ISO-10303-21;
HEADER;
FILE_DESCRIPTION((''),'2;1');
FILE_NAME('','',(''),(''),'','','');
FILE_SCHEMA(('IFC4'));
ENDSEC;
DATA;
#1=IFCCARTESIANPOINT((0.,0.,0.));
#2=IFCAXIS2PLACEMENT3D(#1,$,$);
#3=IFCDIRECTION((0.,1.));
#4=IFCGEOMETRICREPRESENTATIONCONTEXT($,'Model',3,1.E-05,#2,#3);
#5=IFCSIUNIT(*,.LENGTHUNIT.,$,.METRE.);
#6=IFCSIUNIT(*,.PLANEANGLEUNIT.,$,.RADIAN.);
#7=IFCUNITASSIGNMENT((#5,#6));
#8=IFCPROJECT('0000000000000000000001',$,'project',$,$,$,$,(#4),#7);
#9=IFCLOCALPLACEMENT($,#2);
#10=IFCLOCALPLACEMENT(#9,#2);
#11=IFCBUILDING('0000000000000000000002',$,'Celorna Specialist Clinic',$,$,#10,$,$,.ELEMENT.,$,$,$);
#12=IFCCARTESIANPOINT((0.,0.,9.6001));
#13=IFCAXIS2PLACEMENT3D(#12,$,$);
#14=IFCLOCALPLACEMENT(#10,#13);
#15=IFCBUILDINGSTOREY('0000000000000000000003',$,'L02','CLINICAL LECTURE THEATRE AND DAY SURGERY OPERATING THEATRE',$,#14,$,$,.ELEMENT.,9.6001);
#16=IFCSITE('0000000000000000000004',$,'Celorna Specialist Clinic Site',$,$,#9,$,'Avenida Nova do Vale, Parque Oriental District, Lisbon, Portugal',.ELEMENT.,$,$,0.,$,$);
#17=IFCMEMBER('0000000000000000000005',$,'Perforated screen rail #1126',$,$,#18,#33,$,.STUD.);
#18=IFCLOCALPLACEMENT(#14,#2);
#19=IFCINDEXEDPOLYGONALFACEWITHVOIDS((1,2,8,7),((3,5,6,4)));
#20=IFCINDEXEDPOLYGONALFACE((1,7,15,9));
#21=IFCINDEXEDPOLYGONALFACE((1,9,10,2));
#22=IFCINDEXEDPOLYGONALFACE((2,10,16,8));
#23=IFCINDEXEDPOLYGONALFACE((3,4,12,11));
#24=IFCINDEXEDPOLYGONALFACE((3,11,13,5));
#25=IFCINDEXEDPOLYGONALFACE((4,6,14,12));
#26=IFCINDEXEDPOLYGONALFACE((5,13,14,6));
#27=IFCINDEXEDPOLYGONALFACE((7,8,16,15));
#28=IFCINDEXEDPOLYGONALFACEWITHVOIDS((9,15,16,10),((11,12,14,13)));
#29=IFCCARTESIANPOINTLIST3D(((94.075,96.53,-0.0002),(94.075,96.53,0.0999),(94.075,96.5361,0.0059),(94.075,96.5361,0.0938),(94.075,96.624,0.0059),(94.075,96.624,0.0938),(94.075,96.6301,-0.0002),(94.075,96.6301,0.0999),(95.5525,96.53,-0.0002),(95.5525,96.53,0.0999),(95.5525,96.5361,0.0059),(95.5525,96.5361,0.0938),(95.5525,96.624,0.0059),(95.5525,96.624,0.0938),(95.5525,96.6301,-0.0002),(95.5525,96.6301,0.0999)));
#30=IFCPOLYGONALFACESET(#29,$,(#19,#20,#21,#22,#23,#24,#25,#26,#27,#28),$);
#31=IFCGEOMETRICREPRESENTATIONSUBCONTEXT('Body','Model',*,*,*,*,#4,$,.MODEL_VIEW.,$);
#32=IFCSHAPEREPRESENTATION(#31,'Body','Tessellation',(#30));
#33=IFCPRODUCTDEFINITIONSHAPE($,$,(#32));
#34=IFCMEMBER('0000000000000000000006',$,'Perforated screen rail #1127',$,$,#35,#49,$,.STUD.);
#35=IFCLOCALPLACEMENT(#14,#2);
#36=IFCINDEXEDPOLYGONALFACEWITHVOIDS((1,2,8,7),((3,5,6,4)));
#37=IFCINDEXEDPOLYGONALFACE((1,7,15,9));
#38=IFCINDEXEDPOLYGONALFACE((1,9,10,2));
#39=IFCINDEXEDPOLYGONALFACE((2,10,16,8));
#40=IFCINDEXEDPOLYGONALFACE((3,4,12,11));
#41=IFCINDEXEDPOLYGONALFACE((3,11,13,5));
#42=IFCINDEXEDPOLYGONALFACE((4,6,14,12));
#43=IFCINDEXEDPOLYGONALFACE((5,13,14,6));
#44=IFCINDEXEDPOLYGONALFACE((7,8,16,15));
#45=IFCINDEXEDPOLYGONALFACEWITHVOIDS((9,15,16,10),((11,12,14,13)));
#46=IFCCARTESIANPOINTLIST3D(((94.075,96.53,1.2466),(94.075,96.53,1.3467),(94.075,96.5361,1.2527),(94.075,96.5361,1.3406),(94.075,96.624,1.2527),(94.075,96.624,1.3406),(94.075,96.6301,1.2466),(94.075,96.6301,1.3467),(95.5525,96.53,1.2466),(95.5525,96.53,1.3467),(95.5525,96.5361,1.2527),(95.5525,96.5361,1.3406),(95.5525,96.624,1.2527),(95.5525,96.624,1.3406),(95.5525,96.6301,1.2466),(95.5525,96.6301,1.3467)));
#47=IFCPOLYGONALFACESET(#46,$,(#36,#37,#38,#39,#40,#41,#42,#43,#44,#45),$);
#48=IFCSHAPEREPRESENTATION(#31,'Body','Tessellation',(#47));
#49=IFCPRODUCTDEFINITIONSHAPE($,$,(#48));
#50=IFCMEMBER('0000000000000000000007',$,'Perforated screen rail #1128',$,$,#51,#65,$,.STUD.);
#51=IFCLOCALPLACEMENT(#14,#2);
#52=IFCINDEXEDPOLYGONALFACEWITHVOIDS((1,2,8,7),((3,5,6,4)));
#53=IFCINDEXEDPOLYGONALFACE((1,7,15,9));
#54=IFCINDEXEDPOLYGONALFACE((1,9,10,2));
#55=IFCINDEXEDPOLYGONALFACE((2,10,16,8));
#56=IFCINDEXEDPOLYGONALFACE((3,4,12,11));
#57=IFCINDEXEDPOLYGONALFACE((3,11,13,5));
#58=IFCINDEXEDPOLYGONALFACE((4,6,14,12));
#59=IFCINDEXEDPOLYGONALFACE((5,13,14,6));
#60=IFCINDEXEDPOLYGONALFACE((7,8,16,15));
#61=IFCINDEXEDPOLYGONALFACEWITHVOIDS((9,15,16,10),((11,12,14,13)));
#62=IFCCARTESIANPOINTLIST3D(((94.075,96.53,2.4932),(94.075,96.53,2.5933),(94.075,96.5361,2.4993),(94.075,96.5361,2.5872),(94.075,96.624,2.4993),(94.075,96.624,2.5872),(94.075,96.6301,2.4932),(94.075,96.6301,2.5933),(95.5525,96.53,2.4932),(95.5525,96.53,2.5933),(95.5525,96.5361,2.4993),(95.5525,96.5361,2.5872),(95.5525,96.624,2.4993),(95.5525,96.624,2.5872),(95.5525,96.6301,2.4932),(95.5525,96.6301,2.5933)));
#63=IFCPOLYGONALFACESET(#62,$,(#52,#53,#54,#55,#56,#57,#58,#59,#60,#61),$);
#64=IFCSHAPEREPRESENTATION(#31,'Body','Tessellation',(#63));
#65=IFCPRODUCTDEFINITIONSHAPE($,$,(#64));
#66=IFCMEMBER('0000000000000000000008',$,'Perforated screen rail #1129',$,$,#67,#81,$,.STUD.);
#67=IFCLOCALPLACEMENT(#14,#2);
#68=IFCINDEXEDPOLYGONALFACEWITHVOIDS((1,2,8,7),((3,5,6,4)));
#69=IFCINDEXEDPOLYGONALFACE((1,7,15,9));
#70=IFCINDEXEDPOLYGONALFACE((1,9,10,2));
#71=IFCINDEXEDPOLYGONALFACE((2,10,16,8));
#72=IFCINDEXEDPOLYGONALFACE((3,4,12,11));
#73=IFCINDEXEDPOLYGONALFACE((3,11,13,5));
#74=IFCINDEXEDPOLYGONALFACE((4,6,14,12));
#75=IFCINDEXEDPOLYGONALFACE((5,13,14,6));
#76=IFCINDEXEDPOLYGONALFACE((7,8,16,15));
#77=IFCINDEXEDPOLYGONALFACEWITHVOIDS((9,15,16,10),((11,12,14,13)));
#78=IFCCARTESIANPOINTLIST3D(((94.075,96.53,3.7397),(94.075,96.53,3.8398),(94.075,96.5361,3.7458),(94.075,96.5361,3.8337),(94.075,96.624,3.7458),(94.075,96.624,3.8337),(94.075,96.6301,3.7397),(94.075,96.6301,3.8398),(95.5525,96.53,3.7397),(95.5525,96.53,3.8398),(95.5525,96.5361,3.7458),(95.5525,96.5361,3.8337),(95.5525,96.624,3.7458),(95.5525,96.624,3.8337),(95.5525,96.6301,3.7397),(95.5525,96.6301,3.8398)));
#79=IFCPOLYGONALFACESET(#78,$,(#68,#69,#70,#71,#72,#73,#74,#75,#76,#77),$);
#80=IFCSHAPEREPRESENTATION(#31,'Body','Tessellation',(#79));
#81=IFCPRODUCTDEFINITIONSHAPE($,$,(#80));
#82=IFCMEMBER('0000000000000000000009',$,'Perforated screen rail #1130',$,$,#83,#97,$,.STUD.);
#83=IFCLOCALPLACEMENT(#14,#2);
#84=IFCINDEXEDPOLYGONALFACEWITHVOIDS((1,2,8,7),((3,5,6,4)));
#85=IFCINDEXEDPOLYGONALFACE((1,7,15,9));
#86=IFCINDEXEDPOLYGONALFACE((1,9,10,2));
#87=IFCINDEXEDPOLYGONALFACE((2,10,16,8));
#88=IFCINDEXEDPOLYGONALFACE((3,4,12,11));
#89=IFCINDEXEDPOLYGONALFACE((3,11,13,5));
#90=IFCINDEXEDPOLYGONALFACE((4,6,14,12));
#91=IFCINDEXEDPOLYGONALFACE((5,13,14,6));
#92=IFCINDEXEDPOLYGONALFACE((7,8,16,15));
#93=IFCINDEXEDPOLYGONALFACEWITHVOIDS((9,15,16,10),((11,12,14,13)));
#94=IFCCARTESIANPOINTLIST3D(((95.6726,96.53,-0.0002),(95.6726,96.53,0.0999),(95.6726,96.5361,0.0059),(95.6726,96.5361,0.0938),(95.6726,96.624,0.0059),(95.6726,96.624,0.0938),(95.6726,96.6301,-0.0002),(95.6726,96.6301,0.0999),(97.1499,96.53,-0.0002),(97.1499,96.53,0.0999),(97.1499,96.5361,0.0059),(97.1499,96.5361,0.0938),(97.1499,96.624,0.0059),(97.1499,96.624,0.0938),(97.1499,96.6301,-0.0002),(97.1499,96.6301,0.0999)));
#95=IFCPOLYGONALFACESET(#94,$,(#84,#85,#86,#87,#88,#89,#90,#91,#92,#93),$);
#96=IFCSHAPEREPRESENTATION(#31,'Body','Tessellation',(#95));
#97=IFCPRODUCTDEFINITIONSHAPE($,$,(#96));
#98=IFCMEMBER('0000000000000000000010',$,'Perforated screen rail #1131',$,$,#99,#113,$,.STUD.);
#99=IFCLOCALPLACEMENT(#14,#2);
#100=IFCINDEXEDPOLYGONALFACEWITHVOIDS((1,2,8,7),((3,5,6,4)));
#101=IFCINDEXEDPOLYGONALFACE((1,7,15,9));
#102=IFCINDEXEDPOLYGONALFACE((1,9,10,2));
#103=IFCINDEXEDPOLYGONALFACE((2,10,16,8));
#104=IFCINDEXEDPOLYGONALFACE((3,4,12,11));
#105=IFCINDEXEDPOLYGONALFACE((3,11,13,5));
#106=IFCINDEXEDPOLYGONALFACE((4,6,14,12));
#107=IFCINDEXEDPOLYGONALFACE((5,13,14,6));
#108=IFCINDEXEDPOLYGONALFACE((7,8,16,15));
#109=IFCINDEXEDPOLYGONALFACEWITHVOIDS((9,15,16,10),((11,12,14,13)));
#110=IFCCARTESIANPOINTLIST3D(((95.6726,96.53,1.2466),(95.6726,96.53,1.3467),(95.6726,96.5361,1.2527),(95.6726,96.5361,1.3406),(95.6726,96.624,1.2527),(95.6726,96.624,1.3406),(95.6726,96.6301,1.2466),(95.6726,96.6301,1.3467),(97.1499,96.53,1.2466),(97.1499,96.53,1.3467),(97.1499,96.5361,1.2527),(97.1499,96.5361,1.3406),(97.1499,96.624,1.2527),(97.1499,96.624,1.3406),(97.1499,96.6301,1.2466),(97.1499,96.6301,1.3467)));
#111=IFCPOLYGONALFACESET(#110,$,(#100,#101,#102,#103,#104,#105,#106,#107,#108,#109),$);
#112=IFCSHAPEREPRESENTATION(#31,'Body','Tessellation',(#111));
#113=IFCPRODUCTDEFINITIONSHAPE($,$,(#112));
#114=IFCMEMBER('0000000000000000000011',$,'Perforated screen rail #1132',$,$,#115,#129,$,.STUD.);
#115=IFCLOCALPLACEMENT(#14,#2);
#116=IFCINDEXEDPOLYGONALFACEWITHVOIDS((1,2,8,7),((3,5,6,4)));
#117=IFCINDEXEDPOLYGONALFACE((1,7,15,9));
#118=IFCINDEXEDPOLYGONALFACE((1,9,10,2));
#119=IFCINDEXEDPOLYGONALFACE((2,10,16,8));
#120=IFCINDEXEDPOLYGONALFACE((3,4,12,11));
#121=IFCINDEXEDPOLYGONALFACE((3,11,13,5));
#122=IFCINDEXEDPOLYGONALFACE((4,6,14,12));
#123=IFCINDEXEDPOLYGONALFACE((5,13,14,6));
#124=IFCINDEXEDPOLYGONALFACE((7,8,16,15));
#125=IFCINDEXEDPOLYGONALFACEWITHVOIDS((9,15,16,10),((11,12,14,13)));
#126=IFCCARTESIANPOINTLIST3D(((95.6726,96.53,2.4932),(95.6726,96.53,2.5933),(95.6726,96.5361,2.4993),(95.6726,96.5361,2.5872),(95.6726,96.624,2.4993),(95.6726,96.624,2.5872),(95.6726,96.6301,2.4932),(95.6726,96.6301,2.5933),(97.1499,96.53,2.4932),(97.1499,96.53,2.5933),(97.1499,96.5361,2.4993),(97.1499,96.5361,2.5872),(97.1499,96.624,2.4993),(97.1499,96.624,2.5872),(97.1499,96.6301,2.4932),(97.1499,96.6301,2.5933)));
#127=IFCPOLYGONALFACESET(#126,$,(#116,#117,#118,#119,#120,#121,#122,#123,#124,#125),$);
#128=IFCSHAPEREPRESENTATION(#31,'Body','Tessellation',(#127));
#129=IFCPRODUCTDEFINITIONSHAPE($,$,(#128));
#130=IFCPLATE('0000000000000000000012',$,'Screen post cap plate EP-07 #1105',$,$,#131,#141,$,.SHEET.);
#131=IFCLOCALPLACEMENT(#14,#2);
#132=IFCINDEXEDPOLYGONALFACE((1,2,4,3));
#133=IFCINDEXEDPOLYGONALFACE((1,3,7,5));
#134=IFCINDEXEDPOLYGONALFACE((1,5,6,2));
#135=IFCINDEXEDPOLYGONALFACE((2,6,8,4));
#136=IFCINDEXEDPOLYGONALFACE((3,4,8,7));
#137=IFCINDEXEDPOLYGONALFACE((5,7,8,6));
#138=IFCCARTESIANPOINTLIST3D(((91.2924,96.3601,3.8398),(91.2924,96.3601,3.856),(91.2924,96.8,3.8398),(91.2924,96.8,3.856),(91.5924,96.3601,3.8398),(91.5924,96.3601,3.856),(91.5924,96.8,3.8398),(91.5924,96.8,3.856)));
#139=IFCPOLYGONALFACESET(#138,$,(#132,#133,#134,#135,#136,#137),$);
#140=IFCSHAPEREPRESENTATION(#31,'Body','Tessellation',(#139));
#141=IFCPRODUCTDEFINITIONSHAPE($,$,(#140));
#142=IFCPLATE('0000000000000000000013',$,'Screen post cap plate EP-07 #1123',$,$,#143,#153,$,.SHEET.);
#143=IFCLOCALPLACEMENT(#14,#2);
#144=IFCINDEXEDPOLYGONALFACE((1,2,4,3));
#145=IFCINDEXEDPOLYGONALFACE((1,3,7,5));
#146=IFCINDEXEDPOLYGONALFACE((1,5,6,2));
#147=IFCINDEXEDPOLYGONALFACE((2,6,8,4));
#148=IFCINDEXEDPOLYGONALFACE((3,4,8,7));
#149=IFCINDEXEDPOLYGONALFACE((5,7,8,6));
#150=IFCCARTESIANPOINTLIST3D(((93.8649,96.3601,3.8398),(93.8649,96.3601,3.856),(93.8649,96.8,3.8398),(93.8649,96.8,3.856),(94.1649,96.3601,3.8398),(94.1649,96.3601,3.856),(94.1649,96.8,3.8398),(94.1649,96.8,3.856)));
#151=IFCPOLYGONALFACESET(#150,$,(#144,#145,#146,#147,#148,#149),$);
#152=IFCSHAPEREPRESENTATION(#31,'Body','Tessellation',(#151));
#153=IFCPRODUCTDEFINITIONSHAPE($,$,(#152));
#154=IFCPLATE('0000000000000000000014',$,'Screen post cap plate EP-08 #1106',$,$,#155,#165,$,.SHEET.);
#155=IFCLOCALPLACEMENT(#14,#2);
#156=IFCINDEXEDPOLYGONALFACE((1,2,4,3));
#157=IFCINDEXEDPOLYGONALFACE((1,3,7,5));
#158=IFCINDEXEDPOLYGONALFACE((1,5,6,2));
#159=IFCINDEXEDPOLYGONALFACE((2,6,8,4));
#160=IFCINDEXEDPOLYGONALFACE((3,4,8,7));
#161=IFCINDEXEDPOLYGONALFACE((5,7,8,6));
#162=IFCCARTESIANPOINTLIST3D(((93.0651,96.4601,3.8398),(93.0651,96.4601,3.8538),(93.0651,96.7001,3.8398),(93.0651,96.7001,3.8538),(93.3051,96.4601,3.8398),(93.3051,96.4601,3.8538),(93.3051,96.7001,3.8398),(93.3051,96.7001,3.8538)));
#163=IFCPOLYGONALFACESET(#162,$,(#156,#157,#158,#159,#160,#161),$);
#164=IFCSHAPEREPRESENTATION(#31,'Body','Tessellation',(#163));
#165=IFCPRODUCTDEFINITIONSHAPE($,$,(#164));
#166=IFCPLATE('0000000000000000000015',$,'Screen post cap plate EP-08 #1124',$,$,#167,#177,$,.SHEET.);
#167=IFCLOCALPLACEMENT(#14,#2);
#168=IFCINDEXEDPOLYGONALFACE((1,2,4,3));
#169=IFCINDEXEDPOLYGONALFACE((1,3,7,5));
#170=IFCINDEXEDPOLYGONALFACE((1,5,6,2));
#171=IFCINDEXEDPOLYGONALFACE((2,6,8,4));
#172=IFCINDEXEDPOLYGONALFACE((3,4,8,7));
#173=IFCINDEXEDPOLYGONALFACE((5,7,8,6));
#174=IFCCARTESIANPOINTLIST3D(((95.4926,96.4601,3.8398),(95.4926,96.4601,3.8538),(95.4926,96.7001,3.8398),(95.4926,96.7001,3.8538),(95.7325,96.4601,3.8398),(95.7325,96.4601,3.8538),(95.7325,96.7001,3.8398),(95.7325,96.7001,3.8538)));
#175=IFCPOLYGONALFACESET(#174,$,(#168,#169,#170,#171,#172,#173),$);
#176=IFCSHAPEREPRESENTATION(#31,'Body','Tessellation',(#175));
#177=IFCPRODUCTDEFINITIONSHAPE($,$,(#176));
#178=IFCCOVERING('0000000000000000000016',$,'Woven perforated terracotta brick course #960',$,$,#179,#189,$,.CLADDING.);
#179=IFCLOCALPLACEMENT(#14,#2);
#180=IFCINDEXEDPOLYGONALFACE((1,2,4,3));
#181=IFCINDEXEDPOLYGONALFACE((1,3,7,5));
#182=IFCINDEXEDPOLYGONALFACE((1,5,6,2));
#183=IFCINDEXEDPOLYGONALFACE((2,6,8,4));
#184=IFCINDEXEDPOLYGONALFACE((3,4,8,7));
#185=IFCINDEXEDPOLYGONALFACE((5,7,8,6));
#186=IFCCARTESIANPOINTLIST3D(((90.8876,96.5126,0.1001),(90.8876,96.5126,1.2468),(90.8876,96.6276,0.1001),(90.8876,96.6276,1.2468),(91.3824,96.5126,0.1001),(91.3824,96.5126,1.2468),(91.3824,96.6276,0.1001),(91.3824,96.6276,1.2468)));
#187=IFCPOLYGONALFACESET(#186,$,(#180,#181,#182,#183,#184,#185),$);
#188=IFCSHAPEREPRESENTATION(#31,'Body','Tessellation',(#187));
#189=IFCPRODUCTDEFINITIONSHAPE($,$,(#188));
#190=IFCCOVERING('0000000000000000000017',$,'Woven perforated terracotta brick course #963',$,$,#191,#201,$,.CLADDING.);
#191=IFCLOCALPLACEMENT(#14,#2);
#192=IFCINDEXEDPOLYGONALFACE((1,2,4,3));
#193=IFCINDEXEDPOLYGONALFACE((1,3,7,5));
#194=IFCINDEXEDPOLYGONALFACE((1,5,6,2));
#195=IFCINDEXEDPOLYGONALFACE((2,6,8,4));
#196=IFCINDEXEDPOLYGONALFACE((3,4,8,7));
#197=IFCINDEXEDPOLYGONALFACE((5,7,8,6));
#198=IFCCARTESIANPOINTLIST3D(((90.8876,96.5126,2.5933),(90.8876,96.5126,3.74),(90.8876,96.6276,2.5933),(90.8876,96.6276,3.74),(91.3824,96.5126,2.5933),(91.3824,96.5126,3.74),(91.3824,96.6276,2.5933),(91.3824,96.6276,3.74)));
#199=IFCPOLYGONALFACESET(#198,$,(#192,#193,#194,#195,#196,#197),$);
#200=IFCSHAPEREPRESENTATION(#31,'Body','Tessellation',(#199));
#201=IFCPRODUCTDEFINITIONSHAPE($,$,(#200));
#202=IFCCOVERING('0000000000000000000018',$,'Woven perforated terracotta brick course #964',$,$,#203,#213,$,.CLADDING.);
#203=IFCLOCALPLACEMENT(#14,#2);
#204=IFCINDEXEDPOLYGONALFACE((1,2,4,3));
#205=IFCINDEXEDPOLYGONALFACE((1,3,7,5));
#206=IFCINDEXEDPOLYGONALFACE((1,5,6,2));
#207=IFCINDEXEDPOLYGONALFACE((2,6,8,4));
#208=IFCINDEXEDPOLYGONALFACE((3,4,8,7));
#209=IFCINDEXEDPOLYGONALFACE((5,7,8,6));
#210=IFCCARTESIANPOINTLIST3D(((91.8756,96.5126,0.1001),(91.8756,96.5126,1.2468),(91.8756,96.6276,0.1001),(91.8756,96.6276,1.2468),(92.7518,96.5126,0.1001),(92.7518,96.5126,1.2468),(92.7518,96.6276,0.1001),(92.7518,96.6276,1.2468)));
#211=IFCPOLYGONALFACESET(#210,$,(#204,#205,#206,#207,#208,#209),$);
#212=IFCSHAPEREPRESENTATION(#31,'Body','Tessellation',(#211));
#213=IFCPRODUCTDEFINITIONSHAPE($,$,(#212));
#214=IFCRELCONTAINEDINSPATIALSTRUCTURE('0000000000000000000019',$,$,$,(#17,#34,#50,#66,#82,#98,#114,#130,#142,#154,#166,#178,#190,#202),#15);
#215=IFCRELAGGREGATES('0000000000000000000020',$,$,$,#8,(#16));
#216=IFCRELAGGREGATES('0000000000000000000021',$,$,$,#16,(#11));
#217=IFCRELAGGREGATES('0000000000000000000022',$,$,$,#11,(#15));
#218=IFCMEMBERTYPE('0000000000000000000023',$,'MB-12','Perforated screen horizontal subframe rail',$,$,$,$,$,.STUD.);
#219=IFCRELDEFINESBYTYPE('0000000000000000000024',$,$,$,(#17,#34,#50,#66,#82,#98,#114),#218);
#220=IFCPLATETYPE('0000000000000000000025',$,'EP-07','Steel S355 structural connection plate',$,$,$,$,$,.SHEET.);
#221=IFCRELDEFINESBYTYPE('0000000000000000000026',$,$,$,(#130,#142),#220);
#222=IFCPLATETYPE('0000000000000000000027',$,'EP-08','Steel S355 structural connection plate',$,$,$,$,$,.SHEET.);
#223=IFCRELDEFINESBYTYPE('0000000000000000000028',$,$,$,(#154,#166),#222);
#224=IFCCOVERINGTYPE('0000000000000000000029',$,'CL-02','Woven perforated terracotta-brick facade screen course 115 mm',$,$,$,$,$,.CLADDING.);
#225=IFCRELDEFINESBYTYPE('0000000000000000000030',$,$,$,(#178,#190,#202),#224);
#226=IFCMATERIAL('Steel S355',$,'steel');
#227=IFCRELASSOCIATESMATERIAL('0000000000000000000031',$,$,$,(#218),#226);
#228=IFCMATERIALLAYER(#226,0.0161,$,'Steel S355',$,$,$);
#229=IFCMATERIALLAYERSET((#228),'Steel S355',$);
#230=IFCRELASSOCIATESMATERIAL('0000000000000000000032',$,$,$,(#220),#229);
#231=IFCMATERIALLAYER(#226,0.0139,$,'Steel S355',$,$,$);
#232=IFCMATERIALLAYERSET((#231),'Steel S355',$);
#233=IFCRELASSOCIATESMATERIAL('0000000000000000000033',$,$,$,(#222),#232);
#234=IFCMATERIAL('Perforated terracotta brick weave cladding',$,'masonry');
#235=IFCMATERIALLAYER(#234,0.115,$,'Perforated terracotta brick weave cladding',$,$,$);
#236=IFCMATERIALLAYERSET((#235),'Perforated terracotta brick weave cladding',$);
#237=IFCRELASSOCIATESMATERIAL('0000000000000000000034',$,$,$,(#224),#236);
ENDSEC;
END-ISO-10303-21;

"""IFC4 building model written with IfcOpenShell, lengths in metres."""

from ifc_helpers import new_model, si_unit, direction, frame, origin, origin_2d, place, context, subcontext, project, spatial, rectangle, hollow_rectangle, extrude, material, layer, layer_set, material_profile, profile_set, type_object, element, save


model = new_model("IFC4")

# Units and contexts
model_context = context("Model", 3, precision=1e-05, world=origin(), true_north=direction((0.0, 1.0)))
body_context = subcontext(model_context, "Body", "Model", "MODEL_VIEW")
ifc_project = project(units=[si_unit("LENGTHUNIT", "METRE"), si_unit("PLANEANGLEUNIT", "RADIAN")], contexts=[model_context])

# Site, building, storey
site_placement = place(None, origin())
site = spatial("IfcSite", under=ifc_project, at=site_placement, Name="Celorna Specialist Clinic Site", LongName="Avenida Nova do Vale, Parque Oriental District, Lisbon, Portugal", CompositionType="ELEMENT", RefElevation=0.0)
building_placement = place(site_placement, origin())
building = spatial("IfcBuilding", under=site, at=building_placement, Name="Celorna Specialist Clinic", CompositionType="ELEMENT")
storey_placement = place(building_placement, frame((0.0, 0.0, 9.6001)))
storey = spatial("IfcBuildingStorey", under=building, at=storey_placement, Name="L02", Description="CLINICAL LECTURE THEATRE AND DAY SURGERY OPERATING THEATRE", CompositionType="ELEMENT", Elevation=9.6001)

# Shared definitions
ifc_material_1 = material(Name="Steel S355", Category="steel")

# Members
ifc_material_profile_1 = material_profile(ifc_material_1, hollow_rectangle(XDim=0.1001, YDim=0.1001, WallThickness=0.0061, at=origin_2d()), Name="SHS 100x100x6")
ifc_profile_set_1 = profile_set([ifc_material_profile_1], Name="Steel S355")
member_type_1 = type_object("IfcMemberType", Name="MB-12", Description="Perforated screen horizontal subframe rail", PredefinedType="STUD", material=ifc_profile_set_1)
for number, where, z_axis, x_axis, name in (
    (1, (94.075, 96.5801, 0.0498), (1.0, 0.0, 0.0), (0.0, 1.0, 0.0), "Perforated screen rail #1126"),
    (2, (94.075, 96.5801, 1.2966), (1.0, 0.0, 0.0), (0.0, 1.0, 0.0), "Perforated screen rail #1127"),
    (3, (94.075, 96.5801, 2.5432), (1.0, 0.0, 0.0), (0.0, 1.0, 0.0), "Perforated screen rail #1128"),
    (4, (94.075, 96.5801, 3.7898), (1.0, 0.0, 0.0), (0.0, 1.0, 0.0), "Perforated screen rail #1129"),
):
    element("IfcMember", number, at=place(storey_placement, frame(where, z_axis=z_axis, x_axis=x_axis)), inside=storey, type_object=member_type_1, Name=name, PredefinedType="STUD", context=body_context, shape_type="SweptSolid", body=[
        extrude(hollow_rectangle(XDim=0.1001, YDim=0.1001, WallThickness=0.0061, at=origin_2d()), origin(), (0.0, 0.0, 1.0), 1.4775),
    ])
for number, where, z_axis, x_axis, name in (
    (5, (95.6726, 96.5801, 0.0498), (1.0, 0.0, 0.0), (0.0, 1.0, 0.0), "Perforated screen rail #1130"),
    (6, (95.6726, 96.5801, 1.2966), (1.0, 0.0, 0.0), (0.0, 1.0, 0.0), "Perforated screen rail #1131"),
    (7, (95.6726, 96.5801, 2.5432), (1.0, 0.0, 0.0), (0.0, 1.0, 0.0), "Perforated screen rail #1132"),
):
    element("IfcMember", number, at=place(storey_placement, frame(where, z_axis=z_axis, x_axis=x_axis)), inside=storey, type_object=member_type_1, Name=name, PredefinedType="STUD", context=body_context, shape_type="SweptSolid", body=[
        extrude(hollow_rectangle(XDim=0.1001, YDim=0.1001, WallThickness=0.0061, at=origin_2d()), origin(), (0.0, 0.0, 1.0), 1.4773),
    ])

# Plates
ifc_layer_1 = layer(ifc_material_1, 0.0161, Name="Steel S355")
ifc_layer_set_1 = layer_set([ifc_layer_1], Name="Steel S355")
plate_type_1 = type_object("IfcPlateType", Name="EP-07", Description="Steel S355 structural connection plate", PredefinedType="SHEET", material=ifc_layer_set_1)
for number, where, z_axis, x_axis, name in (
    (8, (91.4424, 96.5801, 3.8398), (0.0, 0.0, 1.0), (1.0, 0.0, 0.0), "Screen post cap plate EP-07 #1105"),
    (9, (94.0149, 96.5801, 3.8398), (0.0, 0.0, 1.0), (1.0, 0.0, 0.0), "Screen post cap plate EP-07 #1123"),
):
    element("IfcPlate", number, at=place(storey_placement, frame(where, z_axis=z_axis, x_axis=x_axis)), inside=storey, type_object=plate_type_1, Name=name, PredefinedType="SHEET", context=body_context, shape_type="SweptSolid", body=[
        extrude(rectangle(XDim=0.3, YDim=0.4399, at=origin_2d()), origin(), (0.0, 0.0, 1.0), 0.0161),
    ])
ifc_layer_2 = layer(ifc_material_1, 0.0139, Name="Steel S355")
ifc_layer_set_2 = layer_set([ifc_layer_2], Name="Steel S355")
plate_type_2 = type_object("IfcPlateType", Name="EP-08", Description="Steel S355 structural connection plate", PredefinedType="SHEET", material=ifc_layer_set_2)
for number, where, z_axis, x_axis, name in (
    (10, (93.1851, 96.5801, 3.8398), (0.0, 0.0, 1.0), (1.0, 0.0, 0.0), "Screen post cap plate EP-08 #1106"),
    (11, (95.6125, 96.5801, 3.8398), (0.0, 0.0, 1.0), (1.0, 0.0, 0.0), "Screen post cap plate EP-08 #1124"),
):
    element("IfcPlate", number, at=place(storey_placement, frame(where, z_axis=z_axis, x_axis=x_axis)), inside=storey, type_object=plate_type_2, Name=name, PredefinedType="SHEET", context=body_context, shape_type="SweptSolid", body=[
        extrude(rectangle(XDim=0.24, YDim=0.24, at=origin_2d()), origin(), (0.0, 0.0, 1.0), 0.0139),
    ])

# Coverings
ifc_material_2 = material(Name="Perforated terracotta brick weave cladding", Category="masonry")
ifc_layer_3 = layer(ifc_material_2, 0.115, Name="Perforated terracotta brick weave cladding")
ifc_layer_set_3 = layer_set([ifc_layer_3], Name="Perforated terracotta brick weave cladding")
covering_type = type_object("IfcCoveringType", Name="CL-02", Description="Woven perforated terracotta-brick facade screen course 115 mm", PredefinedType="CLADDING", material=ifc_layer_set_3)
for number, where, z_axis, x_axis, name in (
    (12, (91.135, 96.5701, 0.1001), (0.0, 0.0, 1.0), (1.0, 0.0, 0.0), "Woven perforated terracotta brick course #960"),
    (13, (91.135, 96.5701, 2.5933), (0.0, 0.0, 1.0), (1.0, 0.0, 0.0), "Woven perforated terracotta brick course #963"),
):
    element("IfcCovering", number, at=place(storey_placement, frame(where, z_axis=z_axis, x_axis=x_axis)), inside=storey, type_object=covering_type, Name=name, PredefinedType="CLADDING", context=body_context, shape_type="SweptSolid", body=[
        extrude(rectangle(XDim=0.4949, YDim=0.115, at=origin_2d()), origin(), (0.0, 0.0, 1.0), 1.1467),
    ])
covering_1_placement = place(storey_placement, frame((92.3137, 96.5701, 0.1001), z_axis=(0.0, 0.0, 1.0), x_axis=(1.0, 0.0, 0.0)))
element("IfcCovering", 14, at=covering_1_placement, inside=storey, type_object=covering_type, Name="Woven perforated terracotta brick course #964", PredefinedType="CLADDING", context=body_context, shape_type="SweptSolid", body=[
    extrude(rectangle(XDim=0.8762, YDim=0.115, at=origin_2d()), origin(), (0.0, 0.0, 1.0), 1.1467),
])

save(model, "model.ifc")
